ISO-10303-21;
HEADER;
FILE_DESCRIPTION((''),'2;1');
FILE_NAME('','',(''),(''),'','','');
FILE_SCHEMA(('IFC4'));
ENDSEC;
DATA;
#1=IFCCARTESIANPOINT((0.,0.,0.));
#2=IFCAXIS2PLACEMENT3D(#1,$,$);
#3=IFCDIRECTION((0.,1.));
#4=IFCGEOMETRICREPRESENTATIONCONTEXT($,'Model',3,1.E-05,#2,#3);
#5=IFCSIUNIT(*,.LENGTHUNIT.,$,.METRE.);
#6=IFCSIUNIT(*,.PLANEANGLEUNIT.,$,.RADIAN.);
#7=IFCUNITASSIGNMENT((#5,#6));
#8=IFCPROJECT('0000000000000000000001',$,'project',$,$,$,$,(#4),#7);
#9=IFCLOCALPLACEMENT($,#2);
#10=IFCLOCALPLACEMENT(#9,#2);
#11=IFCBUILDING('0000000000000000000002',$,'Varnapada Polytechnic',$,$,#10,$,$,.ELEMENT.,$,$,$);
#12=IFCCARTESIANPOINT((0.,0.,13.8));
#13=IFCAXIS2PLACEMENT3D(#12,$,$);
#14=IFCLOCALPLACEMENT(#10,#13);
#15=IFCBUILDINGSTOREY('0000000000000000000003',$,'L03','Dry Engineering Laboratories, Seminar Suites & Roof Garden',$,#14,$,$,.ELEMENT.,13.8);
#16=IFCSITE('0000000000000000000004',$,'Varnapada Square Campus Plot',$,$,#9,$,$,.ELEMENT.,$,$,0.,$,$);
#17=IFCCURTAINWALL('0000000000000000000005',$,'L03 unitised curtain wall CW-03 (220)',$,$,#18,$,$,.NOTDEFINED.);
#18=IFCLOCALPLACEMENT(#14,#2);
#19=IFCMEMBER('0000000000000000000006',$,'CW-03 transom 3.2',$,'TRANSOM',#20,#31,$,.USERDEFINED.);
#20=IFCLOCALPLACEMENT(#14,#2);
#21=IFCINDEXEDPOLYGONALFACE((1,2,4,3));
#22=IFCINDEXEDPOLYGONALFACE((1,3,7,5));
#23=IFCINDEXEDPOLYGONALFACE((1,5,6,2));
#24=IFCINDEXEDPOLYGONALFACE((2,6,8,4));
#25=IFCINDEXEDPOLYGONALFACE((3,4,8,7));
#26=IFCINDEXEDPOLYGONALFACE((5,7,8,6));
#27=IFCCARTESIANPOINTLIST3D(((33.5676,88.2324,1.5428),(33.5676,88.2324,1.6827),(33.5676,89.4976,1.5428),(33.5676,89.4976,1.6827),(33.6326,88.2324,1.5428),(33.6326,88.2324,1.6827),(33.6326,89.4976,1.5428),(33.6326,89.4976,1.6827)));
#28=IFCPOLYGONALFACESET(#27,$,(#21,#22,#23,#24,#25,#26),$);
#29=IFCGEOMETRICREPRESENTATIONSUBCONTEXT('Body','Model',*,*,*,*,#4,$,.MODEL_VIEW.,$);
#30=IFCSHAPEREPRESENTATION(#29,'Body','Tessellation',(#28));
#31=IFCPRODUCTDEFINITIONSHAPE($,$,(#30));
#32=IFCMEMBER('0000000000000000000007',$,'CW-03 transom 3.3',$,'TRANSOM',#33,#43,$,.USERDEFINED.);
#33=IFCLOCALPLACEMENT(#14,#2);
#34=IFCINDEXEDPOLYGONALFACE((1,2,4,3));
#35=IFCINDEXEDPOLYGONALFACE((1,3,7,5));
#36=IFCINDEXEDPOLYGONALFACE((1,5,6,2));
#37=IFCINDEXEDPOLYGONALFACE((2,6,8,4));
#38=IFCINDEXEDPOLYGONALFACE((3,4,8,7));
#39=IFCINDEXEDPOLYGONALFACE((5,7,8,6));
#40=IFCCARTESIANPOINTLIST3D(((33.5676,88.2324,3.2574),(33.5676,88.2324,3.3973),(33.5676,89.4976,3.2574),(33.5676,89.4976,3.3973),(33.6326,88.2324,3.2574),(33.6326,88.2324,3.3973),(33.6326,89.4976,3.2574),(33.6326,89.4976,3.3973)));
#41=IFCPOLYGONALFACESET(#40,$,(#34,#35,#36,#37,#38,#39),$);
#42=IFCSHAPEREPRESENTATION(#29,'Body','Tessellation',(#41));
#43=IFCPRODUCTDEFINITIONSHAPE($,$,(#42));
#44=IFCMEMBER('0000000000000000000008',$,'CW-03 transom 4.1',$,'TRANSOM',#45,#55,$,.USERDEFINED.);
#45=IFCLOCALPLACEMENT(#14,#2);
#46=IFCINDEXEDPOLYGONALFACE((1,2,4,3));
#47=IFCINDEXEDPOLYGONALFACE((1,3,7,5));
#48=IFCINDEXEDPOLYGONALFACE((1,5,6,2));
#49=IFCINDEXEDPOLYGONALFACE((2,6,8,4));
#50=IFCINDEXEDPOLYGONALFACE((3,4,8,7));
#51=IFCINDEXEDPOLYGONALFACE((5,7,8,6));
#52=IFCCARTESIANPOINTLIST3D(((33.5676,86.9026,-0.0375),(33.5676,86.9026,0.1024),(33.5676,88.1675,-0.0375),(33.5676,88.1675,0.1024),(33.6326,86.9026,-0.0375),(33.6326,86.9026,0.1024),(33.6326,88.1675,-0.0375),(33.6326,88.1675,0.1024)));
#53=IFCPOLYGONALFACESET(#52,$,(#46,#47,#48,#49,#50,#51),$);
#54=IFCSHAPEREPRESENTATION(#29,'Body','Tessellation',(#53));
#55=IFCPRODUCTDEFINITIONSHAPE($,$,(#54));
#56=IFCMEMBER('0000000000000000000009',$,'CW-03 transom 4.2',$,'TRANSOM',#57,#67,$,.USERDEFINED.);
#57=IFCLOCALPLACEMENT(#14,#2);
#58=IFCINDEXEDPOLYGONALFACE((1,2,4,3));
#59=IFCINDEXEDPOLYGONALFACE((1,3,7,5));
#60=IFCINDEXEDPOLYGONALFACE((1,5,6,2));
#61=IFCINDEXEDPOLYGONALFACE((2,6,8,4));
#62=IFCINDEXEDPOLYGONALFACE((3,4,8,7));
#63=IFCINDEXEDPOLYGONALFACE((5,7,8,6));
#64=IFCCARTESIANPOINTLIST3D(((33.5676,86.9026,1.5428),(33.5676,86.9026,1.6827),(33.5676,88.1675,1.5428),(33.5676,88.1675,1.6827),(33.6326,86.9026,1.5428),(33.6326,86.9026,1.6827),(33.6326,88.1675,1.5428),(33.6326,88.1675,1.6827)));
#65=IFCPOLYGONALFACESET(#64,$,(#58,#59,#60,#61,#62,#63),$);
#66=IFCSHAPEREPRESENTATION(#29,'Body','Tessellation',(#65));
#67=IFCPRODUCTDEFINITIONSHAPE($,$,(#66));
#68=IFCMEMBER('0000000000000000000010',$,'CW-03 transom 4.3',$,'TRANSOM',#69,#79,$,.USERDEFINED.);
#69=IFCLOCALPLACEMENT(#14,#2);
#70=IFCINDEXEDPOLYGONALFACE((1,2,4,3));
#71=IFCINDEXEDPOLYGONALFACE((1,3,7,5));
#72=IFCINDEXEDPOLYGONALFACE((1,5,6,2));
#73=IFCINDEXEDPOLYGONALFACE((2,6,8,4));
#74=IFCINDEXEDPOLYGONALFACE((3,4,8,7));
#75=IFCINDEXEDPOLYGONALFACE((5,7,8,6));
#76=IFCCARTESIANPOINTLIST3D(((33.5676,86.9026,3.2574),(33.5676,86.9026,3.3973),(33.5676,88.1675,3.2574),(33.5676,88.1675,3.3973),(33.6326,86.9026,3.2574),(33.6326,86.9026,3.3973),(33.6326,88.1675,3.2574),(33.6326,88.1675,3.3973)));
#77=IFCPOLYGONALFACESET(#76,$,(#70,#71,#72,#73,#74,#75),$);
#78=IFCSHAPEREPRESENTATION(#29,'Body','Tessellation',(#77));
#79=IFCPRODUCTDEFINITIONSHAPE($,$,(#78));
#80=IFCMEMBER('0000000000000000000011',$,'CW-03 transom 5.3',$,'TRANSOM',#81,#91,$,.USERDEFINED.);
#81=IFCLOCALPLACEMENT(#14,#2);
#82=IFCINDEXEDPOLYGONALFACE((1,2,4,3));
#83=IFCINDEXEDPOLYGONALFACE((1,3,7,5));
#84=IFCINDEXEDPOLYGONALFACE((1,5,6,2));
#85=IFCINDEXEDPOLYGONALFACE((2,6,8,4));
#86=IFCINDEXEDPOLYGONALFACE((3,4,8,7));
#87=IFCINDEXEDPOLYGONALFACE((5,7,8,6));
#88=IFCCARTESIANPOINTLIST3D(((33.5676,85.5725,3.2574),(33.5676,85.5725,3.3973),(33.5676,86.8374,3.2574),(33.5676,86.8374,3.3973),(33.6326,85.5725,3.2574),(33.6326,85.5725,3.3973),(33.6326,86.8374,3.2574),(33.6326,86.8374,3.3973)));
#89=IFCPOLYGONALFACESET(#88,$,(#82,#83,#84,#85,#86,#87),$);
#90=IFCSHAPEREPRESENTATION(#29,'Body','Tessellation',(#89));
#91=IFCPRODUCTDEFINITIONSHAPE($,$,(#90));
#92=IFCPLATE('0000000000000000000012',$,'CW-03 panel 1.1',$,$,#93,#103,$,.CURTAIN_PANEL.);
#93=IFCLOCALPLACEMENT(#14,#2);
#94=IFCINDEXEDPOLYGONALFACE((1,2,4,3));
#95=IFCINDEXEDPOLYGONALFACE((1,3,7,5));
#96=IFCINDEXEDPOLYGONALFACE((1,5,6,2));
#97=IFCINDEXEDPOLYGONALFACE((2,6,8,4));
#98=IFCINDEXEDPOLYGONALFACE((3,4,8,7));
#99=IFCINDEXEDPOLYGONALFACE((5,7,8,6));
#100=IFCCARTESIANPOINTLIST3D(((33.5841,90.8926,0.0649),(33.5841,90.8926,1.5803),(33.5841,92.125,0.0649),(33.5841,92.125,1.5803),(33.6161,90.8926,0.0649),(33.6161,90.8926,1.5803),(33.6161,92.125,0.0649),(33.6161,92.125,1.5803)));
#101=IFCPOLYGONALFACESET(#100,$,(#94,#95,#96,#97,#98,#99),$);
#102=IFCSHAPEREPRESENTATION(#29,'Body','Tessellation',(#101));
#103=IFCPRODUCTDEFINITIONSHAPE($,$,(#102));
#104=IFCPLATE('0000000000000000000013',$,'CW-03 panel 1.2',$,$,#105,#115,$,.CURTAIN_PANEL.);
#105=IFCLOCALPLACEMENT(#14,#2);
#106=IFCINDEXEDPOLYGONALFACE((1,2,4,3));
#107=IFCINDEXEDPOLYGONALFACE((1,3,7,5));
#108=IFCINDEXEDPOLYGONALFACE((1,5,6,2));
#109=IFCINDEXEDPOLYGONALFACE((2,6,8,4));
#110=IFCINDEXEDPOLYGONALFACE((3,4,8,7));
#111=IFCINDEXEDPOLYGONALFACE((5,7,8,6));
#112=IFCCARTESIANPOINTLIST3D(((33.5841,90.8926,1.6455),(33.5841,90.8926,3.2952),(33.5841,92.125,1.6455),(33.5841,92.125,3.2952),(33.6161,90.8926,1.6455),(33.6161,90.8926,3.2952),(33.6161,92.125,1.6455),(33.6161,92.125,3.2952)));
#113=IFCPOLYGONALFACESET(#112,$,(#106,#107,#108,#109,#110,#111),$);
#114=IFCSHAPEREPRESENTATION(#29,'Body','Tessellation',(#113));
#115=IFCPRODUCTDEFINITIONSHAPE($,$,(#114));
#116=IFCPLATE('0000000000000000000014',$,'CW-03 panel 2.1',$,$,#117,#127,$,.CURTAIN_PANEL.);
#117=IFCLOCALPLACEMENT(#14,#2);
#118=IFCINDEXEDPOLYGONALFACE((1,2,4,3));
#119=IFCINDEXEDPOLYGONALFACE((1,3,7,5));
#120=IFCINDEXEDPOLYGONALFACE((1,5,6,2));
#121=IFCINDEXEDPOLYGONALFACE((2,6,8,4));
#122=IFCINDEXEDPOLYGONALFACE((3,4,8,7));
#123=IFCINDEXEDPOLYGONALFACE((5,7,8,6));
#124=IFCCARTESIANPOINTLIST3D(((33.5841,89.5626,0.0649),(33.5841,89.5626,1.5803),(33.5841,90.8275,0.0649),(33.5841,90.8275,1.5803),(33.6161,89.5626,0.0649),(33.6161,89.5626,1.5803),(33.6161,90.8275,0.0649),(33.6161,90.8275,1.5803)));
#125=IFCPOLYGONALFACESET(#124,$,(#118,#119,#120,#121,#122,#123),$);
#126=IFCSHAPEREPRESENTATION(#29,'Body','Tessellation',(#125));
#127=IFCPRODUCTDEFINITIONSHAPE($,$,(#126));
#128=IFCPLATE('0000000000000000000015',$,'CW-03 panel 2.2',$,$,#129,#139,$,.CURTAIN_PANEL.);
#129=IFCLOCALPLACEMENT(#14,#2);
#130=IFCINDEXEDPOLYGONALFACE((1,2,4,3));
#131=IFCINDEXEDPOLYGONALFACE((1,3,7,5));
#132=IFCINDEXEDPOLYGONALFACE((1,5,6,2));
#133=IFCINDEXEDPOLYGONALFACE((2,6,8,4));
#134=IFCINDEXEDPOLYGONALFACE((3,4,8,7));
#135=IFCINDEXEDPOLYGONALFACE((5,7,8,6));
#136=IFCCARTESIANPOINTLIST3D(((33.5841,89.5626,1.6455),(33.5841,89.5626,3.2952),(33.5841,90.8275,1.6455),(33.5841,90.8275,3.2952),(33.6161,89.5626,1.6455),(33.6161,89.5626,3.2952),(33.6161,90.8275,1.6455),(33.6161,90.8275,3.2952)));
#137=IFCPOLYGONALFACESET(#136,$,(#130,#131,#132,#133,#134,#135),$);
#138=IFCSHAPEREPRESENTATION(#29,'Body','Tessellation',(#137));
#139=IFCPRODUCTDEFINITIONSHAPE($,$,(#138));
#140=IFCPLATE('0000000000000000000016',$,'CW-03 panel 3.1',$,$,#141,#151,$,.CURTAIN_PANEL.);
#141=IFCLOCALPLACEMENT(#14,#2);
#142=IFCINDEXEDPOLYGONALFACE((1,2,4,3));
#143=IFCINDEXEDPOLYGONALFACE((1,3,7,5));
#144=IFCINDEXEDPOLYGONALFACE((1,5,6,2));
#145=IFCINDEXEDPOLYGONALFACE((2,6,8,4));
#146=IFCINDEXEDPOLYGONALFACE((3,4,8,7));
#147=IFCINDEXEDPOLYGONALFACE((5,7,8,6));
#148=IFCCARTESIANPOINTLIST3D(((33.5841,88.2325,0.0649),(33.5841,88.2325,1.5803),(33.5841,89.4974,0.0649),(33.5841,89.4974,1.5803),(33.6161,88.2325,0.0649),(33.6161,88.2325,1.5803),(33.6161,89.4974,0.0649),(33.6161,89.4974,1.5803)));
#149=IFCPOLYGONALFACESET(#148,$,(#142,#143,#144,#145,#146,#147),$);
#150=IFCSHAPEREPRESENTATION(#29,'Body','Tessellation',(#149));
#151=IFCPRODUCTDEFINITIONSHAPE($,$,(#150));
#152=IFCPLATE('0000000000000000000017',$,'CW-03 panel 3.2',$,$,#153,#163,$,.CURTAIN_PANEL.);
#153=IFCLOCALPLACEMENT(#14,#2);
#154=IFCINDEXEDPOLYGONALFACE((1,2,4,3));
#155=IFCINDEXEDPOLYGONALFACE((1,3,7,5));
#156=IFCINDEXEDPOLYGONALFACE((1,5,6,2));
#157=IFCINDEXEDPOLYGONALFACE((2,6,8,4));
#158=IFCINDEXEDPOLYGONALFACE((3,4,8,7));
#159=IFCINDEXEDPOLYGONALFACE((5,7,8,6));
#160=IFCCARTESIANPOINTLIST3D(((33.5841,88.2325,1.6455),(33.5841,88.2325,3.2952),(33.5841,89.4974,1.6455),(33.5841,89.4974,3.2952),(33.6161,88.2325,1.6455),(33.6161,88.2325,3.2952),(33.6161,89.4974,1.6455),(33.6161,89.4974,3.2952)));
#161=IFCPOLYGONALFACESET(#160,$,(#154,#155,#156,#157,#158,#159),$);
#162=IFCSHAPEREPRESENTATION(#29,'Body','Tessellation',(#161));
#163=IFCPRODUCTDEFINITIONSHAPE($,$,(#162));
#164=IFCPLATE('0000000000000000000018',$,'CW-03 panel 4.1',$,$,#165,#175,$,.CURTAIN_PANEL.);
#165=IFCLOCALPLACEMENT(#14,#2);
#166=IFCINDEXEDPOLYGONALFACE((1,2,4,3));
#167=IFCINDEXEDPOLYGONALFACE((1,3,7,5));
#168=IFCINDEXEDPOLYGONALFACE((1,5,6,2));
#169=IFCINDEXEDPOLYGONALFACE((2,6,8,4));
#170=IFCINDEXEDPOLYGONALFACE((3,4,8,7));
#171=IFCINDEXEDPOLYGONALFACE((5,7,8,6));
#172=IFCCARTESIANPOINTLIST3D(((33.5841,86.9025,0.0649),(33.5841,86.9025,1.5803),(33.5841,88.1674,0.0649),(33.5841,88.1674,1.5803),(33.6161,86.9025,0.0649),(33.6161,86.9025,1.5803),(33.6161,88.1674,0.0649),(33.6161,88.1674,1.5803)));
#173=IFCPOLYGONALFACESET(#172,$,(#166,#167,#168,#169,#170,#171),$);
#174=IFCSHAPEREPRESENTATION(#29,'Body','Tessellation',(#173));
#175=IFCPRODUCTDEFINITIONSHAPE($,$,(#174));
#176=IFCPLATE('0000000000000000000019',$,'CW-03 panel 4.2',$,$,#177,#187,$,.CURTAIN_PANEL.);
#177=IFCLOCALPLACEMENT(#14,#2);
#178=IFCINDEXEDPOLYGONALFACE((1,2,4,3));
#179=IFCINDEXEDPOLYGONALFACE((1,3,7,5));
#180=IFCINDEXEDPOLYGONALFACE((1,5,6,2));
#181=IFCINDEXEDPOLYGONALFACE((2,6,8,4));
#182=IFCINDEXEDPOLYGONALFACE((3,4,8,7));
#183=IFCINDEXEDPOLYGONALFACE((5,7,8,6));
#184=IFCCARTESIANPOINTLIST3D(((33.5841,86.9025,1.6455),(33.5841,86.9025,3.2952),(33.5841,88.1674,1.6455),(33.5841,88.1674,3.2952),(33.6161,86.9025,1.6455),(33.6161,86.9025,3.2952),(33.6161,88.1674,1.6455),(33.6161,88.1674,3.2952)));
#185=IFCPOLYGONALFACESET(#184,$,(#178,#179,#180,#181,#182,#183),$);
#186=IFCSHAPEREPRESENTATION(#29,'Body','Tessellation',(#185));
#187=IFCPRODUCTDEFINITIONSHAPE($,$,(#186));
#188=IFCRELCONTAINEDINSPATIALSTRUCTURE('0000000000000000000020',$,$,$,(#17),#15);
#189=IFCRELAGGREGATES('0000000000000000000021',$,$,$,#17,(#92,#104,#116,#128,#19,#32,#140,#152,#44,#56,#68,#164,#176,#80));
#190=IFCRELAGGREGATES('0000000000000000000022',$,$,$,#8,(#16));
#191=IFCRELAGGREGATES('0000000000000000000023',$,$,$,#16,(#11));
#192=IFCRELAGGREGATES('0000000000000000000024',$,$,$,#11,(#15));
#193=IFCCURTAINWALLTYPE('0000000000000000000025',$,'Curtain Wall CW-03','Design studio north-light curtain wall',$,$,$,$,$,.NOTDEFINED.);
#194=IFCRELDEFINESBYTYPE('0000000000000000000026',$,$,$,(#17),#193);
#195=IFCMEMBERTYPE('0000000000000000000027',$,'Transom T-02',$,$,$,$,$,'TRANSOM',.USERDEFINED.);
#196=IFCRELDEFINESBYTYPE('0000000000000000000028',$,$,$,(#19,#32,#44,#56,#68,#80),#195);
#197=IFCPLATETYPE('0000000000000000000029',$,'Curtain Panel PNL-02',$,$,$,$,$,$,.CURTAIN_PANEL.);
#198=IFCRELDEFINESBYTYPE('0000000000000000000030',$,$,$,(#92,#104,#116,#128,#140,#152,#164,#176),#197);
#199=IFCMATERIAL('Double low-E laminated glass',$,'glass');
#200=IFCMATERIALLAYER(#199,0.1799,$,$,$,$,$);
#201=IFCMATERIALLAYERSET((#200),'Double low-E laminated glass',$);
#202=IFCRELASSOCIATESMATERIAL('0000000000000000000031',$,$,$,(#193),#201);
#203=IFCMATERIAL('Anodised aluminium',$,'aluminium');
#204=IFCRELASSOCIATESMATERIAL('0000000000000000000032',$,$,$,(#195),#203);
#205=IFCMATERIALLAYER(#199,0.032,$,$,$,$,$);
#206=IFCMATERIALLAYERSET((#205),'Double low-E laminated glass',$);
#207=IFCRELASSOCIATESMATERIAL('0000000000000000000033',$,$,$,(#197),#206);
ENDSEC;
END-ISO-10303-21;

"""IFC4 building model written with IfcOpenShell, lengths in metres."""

from ifc_helpers import new_model, si_unit, direction, frame, origin, origin_2d, place, context, subcontext, project, spatial, rectangle, extrude, material, layer, layer_set, material_profile, profile_set, type_object, element, aggregate, save


model = new_model("IFC4")

# Units and contexts
model_context = context("Model", 3, precision=1e-05, world=origin(), true_north=direction((0.0, 1.0)))
body_context = subcontext(model_context, "Body", "Model", "MODEL_VIEW")
ifc_project = project(units=[si_unit("LENGTHUNIT", "METRE"), si_unit("PLANEANGLEUNIT", "RADIAN")], contexts=[model_context])

# Site, building, storey
site_placement = place(None, origin())
site = spatial("IfcSite", under=ifc_project, at=site_placement, Name="Varnapada Square Campus Plot", CompositionType="ELEMENT", RefElevation=0.0)
building_placement = place(site_placement, origin())
building = spatial("IfcBuilding", under=site, at=building_placement, Name="Varnapada Polytechnic", CompositionType="ELEMENT")
storey_placement = place(building_placement, frame((0.0, 0.0, 13.8)))
storey = spatial("IfcBuildingStorey", under=building, at=storey_placement, Name="L03", Description="Dry Engineering Laboratories, Seminar Suites & Roof Garden", CompositionType="ELEMENT", Elevation=13.8)

# Curtain wall
ifc_material_1 = material(Name="Double low-E laminated glass", Category="glass")
ifc_layer_1 = layer(ifc_material_1, 0.1799)
ifc_layer_set_1 = layer_set([ifc_layer_1], Name="Double low-E laminated glass")
curtain_wall_type = type_object("IfcCurtainWallType", Name="Curtain Wall CW-03", Description="Design studio north-light curtain wall", PredefinedType="NOTDEFINED", material=ifc_layer_set_1)
curtain_wall_placement = place(storey_placement, origin())
curtain_wall = element("IfcCurtainWall", 1, at=curtain_wall_placement, inside=storey, type_object=curtain_wall_type, Name="L03 unitised curtain wall CW-03 (220)", PredefinedType="NOTDEFINED")
ifc_material_2 = material(Name="Anodised aluminium", Category="aluminium")

# Members
ifc_material_profile_1 = material_profile(ifc_material_2, rectangle(XDim=0.0649, YDim=0.1399, at=origin_2d()), Name="ALU T65x140")
ifc_profile_set_1 = profile_set([ifc_material_profile_1], Name="Anodised aluminium")
member_type_1 = type_object("IfcMemberType", Name="Transom T-02", ElementType="TRANSOM", PredefinedType="USERDEFINED", material=ifc_profile_set_1)
member_1_placement = place(storey_placement, frame((33.6001, 89.4976, 1.6128), z_axis=(0.0, -1.0, 0.0), x_axis=(1.0, 0.0, 0.0)))
member_1 = element("IfcMember", 2, at=member_1_placement, type_object=member_type_1, Name="CW-03 transom 3.2", ObjectType="TRANSOM", PredefinedType="USERDEFINED", context=body_context, shape_type="SweptSolid", body=[
    extrude(rectangle(XDim=0.0649, YDim=0.1399, at=origin_2d()), origin(), (0.0, 0.0, 1.0), 1.2651),
])
member_2_placement = place(storey_placement, frame((33.6001, 89.4976, 3.3274), z_axis=(0.0, -1.0, 0.0), x_axis=(1.0, 0.0, 0.0)))
member_2 = element("IfcMember", 3, at=member_2_placement, type_object=member_type_1, Name="CW-03 transom 3.3", ObjectType="TRANSOM", PredefinedType="USERDEFINED", context=body_context, shape_type="SweptSolid", body=[
    extrude(rectangle(XDim=0.0649, YDim=0.1399, at=origin_2d()), origin(), (0.0, 0.0, 1.0), 1.2651),
])
member_3_placement = place(storey_placement, frame((33.6001, 88.1675, 0.0325), z_axis=(0.0, -1.0, 0.0), x_axis=(1.0, 0.0, 0.0)))
member_3 = element("IfcMember", 4, at=member_3_placement, type_object=member_type_1, Name="CW-03 transom 4.1", ObjectType="TRANSOM", PredefinedType="USERDEFINED", context=body_context, shape_type="SweptSolid", body=[
    extrude(rectangle(XDim=0.0649, YDim=0.1399, at=origin_2d()), origin(), (0.0, 0.0, 1.0), 1.2649),
])
member_4_placement = place(storey_placement, frame((33.6001, 88.1675, 1.6128), z_axis=(0.0, -1.0, 0.0), x_axis=(1.0, 0.0, 0.0)))
member_4 = element("IfcMember", 5, at=member_4_placement, type_object=member_type_1, Name="CW-03 transom 4.2", ObjectType="TRANSOM", PredefinedType="USERDEFINED", context=body_context, shape_type="SweptSolid", body=[
    extrude(rectangle(XDim=0.0649, YDim=0.1399, at=origin_2d()), origin(), (0.0, 0.0, 1.0), 1.2649),
])
member_5_placement = place(storey_placement, frame((33.6001, 88.1675, 3.3274), z_axis=(0.0, -1.0, 0.0), x_axis=(1.0, 0.0, 0.0)))
member_5 = element("IfcMember", 6, at=member_5_placement, type_object=member_type_1, Name="CW-03 transom 4.3", ObjectType="TRANSOM", PredefinedType="USERDEFINED", context=body_context, shape_type="SweptSolid", body=[
    extrude(rectangle(XDim=0.0649, YDim=0.1399, at=origin_2d()), origin(), (0.0, 0.0, 1.0), 1.2649),
])
member_6_placement = place(storey_placement, frame((33.6001, 86.8374, 3.3274), z_axis=(0.0, -1.0, 0.0), x_axis=(1.0, 0.0, 0.0)))
member_6 = element("IfcMember", 7, at=member_6_placement, type_object=member_type_1, Name="CW-03 transom 5.3", ObjectType="TRANSOM", PredefinedType="USERDEFINED", context=body_context, shape_type="SweptSolid", body=[
    extrude(rectangle(XDim=0.0649, YDim=0.1399, at=origin_2d()), origin(), (0.0, 0.0, 1.0), 1.2649),
])

# Plates
ifc_layer_2 = layer(ifc_material_1, 0.032)
ifc_layer_set_2 = layer_set([ifc_layer_2], Name="Double low-E laminated glass")
plate_type = type_object("IfcPlateType", Name="Curtain Panel PNL-02", PredefinedType="CURTAIN_PANEL", material=ifc_layer_set_2)
plate_1_placement = place(storey_placement, frame((33.6001, 91.5088, 0.0649), z_axis=(0.0, 0.0, 1.0), x_axis=(0.0, -1.0, 0.0)))
plate_1 = element("IfcPlate", 8, at=plate_1_placement, type_object=plate_type, Name="CW-03 panel 1.1", PredefinedType="CURTAIN_PANEL", context=body_context, shape_type="SweptSolid", body=[
    extrude(rectangle(XDim=1.2324, YDim=0.032, at=origin_2d()), origin(), (0.0, 0.0, 1.0), 1.5154),
])
plate_2_placement = place(storey_placement, frame((33.6001, 91.5088, 1.6455), z_axis=(0.0, 0.0, 1.0), x_axis=(0.0, -1.0, 0.0)))
plate_2 = element("IfcPlate", 9, at=plate_2_placement, type_object=plate_type, Name="CW-03 panel 1.2", PredefinedType="CURTAIN_PANEL", context=body_context, shape_type="SweptSolid", body=[
    extrude(rectangle(XDim=1.2324, YDim=0.032, at=origin_2d()), origin(), (0.0, 0.0, 1.0), 1.6497),
])
plate_3_placement = place(storey_placement, frame((33.6001, 90.1951, 0.0649), z_axis=(0.0, 0.0, 1.0), x_axis=(0.0, -1.0, 0.0)))
plate_3 = element("IfcPlate", 10, at=plate_3_placement, type_object=plate_type, Name="CW-03 panel 2.1", PredefinedType="CURTAIN_PANEL", context=body_context, shape_type="SweptSolid", body=[
    extrude(rectangle(XDim=1.2649, YDim=0.032, at=origin_2d()), origin(), (0.0, 0.0, 1.0), 1.5154),
])
plate_4_placement = place(storey_placement, frame((33.6001, 90.1951, 1.6455), z_axis=(0.0, 0.0, 1.0), x_axis=(0.0, -1.0, 0.0)))
plate_4 = element("IfcPlate", 11, at=plate_4_placement, type_object=plate_type, Name="CW-03 panel 2.2", PredefinedType="CURTAIN_PANEL", context=body_context, shape_type="SweptSolid", body=[
    extrude(rectangle(XDim=1.2649, YDim=0.032, at=origin_2d()), origin(), (0.0, 0.0, 1.0), 1.6497),
])
plate_5_placement = place(storey_placement, frame((33.6001, 88.865, 0.0649), z_axis=(0.0, 0.0, 1.0), x_axis=(0.0, -1.0, 0.0)))
plate_5 = element("IfcPlate", 12, at=plate_5_placement, type_object=plate_type, Name="CW-03 panel 3.1", PredefinedType="CURTAIN_PANEL", context=body_context, shape_type="SweptSolid", body=[
    extrude(rectangle(XDim=1.2649, YDim=0.032, at=origin_2d()), origin(), (0.0, 0.0, 1.0), 1.5154),
])
plate_6_placement = place(storey_placement, frame((33.6001, 88.865, 1.6455), z_axis=(0.0, 0.0, 1.0), x_axis=(0.0, -1.0, 0.0)))
plate_6 = element("IfcPlate", 13, at=plate_6_placement, type_object=plate_type, Name="CW-03 panel 3.2", PredefinedType="CURTAIN_PANEL", context=body_context, shape_type="SweptSolid", body=[
    extrude(rectangle(XDim=1.2649, YDim=0.032, at=origin_2d()), origin(), (0.0, 0.0, 1.0), 1.6497),
])
plate_7_placement = place(storey_placement, frame((33.6001, 87.5349, 0.0649), z_axis=(0.0, 0.0, 1.0), x_axis=(0.0, -1.0, 0.0)))
plate_7 = element("IfcPlate", 14, at=plate_7_placement, type_object=plate_type, Name="CW-03 panel 4.1", PredefinedType="CURTAIN_PANEL", context=body_context, shape_type="SweptSolid", body=[
    extrude(rectangle(XDim=1.2649, YDim=0.032, at=origin_2d()), origin(), (0.0, 0.0, 1.0), 1.5154),
])
plate_8_placement = place(storey_placement, frame((33.6001, 87.5349, 1.6455), z_axis=(0.0, 0.0, 1.0), x_axis=(0.0, -1.0, 0.0)))
plate_8 = element("IfcPlate", 15, at=plate_8_placement, type_object=plate_type, Name="CW-03 panel 4.2", PredefinedType="CURTAIN_PANEL", context=body_context, shape_type="SweptSolid", body=[
    extrude(rectangle(XDim=1.2649, YDim=0.032, at=origin_2d()), origin(), (0.0, 0.0, 1.0), 1.6497),
])
aggregate(curtain_wall, [plate_1, plate_2, plate_3, plate_4, member_1, member_2, plate_5, plate_6, member_3, member_4, member_5, plate_7, plate_8, member_6])

save(model, "model.ifc")
